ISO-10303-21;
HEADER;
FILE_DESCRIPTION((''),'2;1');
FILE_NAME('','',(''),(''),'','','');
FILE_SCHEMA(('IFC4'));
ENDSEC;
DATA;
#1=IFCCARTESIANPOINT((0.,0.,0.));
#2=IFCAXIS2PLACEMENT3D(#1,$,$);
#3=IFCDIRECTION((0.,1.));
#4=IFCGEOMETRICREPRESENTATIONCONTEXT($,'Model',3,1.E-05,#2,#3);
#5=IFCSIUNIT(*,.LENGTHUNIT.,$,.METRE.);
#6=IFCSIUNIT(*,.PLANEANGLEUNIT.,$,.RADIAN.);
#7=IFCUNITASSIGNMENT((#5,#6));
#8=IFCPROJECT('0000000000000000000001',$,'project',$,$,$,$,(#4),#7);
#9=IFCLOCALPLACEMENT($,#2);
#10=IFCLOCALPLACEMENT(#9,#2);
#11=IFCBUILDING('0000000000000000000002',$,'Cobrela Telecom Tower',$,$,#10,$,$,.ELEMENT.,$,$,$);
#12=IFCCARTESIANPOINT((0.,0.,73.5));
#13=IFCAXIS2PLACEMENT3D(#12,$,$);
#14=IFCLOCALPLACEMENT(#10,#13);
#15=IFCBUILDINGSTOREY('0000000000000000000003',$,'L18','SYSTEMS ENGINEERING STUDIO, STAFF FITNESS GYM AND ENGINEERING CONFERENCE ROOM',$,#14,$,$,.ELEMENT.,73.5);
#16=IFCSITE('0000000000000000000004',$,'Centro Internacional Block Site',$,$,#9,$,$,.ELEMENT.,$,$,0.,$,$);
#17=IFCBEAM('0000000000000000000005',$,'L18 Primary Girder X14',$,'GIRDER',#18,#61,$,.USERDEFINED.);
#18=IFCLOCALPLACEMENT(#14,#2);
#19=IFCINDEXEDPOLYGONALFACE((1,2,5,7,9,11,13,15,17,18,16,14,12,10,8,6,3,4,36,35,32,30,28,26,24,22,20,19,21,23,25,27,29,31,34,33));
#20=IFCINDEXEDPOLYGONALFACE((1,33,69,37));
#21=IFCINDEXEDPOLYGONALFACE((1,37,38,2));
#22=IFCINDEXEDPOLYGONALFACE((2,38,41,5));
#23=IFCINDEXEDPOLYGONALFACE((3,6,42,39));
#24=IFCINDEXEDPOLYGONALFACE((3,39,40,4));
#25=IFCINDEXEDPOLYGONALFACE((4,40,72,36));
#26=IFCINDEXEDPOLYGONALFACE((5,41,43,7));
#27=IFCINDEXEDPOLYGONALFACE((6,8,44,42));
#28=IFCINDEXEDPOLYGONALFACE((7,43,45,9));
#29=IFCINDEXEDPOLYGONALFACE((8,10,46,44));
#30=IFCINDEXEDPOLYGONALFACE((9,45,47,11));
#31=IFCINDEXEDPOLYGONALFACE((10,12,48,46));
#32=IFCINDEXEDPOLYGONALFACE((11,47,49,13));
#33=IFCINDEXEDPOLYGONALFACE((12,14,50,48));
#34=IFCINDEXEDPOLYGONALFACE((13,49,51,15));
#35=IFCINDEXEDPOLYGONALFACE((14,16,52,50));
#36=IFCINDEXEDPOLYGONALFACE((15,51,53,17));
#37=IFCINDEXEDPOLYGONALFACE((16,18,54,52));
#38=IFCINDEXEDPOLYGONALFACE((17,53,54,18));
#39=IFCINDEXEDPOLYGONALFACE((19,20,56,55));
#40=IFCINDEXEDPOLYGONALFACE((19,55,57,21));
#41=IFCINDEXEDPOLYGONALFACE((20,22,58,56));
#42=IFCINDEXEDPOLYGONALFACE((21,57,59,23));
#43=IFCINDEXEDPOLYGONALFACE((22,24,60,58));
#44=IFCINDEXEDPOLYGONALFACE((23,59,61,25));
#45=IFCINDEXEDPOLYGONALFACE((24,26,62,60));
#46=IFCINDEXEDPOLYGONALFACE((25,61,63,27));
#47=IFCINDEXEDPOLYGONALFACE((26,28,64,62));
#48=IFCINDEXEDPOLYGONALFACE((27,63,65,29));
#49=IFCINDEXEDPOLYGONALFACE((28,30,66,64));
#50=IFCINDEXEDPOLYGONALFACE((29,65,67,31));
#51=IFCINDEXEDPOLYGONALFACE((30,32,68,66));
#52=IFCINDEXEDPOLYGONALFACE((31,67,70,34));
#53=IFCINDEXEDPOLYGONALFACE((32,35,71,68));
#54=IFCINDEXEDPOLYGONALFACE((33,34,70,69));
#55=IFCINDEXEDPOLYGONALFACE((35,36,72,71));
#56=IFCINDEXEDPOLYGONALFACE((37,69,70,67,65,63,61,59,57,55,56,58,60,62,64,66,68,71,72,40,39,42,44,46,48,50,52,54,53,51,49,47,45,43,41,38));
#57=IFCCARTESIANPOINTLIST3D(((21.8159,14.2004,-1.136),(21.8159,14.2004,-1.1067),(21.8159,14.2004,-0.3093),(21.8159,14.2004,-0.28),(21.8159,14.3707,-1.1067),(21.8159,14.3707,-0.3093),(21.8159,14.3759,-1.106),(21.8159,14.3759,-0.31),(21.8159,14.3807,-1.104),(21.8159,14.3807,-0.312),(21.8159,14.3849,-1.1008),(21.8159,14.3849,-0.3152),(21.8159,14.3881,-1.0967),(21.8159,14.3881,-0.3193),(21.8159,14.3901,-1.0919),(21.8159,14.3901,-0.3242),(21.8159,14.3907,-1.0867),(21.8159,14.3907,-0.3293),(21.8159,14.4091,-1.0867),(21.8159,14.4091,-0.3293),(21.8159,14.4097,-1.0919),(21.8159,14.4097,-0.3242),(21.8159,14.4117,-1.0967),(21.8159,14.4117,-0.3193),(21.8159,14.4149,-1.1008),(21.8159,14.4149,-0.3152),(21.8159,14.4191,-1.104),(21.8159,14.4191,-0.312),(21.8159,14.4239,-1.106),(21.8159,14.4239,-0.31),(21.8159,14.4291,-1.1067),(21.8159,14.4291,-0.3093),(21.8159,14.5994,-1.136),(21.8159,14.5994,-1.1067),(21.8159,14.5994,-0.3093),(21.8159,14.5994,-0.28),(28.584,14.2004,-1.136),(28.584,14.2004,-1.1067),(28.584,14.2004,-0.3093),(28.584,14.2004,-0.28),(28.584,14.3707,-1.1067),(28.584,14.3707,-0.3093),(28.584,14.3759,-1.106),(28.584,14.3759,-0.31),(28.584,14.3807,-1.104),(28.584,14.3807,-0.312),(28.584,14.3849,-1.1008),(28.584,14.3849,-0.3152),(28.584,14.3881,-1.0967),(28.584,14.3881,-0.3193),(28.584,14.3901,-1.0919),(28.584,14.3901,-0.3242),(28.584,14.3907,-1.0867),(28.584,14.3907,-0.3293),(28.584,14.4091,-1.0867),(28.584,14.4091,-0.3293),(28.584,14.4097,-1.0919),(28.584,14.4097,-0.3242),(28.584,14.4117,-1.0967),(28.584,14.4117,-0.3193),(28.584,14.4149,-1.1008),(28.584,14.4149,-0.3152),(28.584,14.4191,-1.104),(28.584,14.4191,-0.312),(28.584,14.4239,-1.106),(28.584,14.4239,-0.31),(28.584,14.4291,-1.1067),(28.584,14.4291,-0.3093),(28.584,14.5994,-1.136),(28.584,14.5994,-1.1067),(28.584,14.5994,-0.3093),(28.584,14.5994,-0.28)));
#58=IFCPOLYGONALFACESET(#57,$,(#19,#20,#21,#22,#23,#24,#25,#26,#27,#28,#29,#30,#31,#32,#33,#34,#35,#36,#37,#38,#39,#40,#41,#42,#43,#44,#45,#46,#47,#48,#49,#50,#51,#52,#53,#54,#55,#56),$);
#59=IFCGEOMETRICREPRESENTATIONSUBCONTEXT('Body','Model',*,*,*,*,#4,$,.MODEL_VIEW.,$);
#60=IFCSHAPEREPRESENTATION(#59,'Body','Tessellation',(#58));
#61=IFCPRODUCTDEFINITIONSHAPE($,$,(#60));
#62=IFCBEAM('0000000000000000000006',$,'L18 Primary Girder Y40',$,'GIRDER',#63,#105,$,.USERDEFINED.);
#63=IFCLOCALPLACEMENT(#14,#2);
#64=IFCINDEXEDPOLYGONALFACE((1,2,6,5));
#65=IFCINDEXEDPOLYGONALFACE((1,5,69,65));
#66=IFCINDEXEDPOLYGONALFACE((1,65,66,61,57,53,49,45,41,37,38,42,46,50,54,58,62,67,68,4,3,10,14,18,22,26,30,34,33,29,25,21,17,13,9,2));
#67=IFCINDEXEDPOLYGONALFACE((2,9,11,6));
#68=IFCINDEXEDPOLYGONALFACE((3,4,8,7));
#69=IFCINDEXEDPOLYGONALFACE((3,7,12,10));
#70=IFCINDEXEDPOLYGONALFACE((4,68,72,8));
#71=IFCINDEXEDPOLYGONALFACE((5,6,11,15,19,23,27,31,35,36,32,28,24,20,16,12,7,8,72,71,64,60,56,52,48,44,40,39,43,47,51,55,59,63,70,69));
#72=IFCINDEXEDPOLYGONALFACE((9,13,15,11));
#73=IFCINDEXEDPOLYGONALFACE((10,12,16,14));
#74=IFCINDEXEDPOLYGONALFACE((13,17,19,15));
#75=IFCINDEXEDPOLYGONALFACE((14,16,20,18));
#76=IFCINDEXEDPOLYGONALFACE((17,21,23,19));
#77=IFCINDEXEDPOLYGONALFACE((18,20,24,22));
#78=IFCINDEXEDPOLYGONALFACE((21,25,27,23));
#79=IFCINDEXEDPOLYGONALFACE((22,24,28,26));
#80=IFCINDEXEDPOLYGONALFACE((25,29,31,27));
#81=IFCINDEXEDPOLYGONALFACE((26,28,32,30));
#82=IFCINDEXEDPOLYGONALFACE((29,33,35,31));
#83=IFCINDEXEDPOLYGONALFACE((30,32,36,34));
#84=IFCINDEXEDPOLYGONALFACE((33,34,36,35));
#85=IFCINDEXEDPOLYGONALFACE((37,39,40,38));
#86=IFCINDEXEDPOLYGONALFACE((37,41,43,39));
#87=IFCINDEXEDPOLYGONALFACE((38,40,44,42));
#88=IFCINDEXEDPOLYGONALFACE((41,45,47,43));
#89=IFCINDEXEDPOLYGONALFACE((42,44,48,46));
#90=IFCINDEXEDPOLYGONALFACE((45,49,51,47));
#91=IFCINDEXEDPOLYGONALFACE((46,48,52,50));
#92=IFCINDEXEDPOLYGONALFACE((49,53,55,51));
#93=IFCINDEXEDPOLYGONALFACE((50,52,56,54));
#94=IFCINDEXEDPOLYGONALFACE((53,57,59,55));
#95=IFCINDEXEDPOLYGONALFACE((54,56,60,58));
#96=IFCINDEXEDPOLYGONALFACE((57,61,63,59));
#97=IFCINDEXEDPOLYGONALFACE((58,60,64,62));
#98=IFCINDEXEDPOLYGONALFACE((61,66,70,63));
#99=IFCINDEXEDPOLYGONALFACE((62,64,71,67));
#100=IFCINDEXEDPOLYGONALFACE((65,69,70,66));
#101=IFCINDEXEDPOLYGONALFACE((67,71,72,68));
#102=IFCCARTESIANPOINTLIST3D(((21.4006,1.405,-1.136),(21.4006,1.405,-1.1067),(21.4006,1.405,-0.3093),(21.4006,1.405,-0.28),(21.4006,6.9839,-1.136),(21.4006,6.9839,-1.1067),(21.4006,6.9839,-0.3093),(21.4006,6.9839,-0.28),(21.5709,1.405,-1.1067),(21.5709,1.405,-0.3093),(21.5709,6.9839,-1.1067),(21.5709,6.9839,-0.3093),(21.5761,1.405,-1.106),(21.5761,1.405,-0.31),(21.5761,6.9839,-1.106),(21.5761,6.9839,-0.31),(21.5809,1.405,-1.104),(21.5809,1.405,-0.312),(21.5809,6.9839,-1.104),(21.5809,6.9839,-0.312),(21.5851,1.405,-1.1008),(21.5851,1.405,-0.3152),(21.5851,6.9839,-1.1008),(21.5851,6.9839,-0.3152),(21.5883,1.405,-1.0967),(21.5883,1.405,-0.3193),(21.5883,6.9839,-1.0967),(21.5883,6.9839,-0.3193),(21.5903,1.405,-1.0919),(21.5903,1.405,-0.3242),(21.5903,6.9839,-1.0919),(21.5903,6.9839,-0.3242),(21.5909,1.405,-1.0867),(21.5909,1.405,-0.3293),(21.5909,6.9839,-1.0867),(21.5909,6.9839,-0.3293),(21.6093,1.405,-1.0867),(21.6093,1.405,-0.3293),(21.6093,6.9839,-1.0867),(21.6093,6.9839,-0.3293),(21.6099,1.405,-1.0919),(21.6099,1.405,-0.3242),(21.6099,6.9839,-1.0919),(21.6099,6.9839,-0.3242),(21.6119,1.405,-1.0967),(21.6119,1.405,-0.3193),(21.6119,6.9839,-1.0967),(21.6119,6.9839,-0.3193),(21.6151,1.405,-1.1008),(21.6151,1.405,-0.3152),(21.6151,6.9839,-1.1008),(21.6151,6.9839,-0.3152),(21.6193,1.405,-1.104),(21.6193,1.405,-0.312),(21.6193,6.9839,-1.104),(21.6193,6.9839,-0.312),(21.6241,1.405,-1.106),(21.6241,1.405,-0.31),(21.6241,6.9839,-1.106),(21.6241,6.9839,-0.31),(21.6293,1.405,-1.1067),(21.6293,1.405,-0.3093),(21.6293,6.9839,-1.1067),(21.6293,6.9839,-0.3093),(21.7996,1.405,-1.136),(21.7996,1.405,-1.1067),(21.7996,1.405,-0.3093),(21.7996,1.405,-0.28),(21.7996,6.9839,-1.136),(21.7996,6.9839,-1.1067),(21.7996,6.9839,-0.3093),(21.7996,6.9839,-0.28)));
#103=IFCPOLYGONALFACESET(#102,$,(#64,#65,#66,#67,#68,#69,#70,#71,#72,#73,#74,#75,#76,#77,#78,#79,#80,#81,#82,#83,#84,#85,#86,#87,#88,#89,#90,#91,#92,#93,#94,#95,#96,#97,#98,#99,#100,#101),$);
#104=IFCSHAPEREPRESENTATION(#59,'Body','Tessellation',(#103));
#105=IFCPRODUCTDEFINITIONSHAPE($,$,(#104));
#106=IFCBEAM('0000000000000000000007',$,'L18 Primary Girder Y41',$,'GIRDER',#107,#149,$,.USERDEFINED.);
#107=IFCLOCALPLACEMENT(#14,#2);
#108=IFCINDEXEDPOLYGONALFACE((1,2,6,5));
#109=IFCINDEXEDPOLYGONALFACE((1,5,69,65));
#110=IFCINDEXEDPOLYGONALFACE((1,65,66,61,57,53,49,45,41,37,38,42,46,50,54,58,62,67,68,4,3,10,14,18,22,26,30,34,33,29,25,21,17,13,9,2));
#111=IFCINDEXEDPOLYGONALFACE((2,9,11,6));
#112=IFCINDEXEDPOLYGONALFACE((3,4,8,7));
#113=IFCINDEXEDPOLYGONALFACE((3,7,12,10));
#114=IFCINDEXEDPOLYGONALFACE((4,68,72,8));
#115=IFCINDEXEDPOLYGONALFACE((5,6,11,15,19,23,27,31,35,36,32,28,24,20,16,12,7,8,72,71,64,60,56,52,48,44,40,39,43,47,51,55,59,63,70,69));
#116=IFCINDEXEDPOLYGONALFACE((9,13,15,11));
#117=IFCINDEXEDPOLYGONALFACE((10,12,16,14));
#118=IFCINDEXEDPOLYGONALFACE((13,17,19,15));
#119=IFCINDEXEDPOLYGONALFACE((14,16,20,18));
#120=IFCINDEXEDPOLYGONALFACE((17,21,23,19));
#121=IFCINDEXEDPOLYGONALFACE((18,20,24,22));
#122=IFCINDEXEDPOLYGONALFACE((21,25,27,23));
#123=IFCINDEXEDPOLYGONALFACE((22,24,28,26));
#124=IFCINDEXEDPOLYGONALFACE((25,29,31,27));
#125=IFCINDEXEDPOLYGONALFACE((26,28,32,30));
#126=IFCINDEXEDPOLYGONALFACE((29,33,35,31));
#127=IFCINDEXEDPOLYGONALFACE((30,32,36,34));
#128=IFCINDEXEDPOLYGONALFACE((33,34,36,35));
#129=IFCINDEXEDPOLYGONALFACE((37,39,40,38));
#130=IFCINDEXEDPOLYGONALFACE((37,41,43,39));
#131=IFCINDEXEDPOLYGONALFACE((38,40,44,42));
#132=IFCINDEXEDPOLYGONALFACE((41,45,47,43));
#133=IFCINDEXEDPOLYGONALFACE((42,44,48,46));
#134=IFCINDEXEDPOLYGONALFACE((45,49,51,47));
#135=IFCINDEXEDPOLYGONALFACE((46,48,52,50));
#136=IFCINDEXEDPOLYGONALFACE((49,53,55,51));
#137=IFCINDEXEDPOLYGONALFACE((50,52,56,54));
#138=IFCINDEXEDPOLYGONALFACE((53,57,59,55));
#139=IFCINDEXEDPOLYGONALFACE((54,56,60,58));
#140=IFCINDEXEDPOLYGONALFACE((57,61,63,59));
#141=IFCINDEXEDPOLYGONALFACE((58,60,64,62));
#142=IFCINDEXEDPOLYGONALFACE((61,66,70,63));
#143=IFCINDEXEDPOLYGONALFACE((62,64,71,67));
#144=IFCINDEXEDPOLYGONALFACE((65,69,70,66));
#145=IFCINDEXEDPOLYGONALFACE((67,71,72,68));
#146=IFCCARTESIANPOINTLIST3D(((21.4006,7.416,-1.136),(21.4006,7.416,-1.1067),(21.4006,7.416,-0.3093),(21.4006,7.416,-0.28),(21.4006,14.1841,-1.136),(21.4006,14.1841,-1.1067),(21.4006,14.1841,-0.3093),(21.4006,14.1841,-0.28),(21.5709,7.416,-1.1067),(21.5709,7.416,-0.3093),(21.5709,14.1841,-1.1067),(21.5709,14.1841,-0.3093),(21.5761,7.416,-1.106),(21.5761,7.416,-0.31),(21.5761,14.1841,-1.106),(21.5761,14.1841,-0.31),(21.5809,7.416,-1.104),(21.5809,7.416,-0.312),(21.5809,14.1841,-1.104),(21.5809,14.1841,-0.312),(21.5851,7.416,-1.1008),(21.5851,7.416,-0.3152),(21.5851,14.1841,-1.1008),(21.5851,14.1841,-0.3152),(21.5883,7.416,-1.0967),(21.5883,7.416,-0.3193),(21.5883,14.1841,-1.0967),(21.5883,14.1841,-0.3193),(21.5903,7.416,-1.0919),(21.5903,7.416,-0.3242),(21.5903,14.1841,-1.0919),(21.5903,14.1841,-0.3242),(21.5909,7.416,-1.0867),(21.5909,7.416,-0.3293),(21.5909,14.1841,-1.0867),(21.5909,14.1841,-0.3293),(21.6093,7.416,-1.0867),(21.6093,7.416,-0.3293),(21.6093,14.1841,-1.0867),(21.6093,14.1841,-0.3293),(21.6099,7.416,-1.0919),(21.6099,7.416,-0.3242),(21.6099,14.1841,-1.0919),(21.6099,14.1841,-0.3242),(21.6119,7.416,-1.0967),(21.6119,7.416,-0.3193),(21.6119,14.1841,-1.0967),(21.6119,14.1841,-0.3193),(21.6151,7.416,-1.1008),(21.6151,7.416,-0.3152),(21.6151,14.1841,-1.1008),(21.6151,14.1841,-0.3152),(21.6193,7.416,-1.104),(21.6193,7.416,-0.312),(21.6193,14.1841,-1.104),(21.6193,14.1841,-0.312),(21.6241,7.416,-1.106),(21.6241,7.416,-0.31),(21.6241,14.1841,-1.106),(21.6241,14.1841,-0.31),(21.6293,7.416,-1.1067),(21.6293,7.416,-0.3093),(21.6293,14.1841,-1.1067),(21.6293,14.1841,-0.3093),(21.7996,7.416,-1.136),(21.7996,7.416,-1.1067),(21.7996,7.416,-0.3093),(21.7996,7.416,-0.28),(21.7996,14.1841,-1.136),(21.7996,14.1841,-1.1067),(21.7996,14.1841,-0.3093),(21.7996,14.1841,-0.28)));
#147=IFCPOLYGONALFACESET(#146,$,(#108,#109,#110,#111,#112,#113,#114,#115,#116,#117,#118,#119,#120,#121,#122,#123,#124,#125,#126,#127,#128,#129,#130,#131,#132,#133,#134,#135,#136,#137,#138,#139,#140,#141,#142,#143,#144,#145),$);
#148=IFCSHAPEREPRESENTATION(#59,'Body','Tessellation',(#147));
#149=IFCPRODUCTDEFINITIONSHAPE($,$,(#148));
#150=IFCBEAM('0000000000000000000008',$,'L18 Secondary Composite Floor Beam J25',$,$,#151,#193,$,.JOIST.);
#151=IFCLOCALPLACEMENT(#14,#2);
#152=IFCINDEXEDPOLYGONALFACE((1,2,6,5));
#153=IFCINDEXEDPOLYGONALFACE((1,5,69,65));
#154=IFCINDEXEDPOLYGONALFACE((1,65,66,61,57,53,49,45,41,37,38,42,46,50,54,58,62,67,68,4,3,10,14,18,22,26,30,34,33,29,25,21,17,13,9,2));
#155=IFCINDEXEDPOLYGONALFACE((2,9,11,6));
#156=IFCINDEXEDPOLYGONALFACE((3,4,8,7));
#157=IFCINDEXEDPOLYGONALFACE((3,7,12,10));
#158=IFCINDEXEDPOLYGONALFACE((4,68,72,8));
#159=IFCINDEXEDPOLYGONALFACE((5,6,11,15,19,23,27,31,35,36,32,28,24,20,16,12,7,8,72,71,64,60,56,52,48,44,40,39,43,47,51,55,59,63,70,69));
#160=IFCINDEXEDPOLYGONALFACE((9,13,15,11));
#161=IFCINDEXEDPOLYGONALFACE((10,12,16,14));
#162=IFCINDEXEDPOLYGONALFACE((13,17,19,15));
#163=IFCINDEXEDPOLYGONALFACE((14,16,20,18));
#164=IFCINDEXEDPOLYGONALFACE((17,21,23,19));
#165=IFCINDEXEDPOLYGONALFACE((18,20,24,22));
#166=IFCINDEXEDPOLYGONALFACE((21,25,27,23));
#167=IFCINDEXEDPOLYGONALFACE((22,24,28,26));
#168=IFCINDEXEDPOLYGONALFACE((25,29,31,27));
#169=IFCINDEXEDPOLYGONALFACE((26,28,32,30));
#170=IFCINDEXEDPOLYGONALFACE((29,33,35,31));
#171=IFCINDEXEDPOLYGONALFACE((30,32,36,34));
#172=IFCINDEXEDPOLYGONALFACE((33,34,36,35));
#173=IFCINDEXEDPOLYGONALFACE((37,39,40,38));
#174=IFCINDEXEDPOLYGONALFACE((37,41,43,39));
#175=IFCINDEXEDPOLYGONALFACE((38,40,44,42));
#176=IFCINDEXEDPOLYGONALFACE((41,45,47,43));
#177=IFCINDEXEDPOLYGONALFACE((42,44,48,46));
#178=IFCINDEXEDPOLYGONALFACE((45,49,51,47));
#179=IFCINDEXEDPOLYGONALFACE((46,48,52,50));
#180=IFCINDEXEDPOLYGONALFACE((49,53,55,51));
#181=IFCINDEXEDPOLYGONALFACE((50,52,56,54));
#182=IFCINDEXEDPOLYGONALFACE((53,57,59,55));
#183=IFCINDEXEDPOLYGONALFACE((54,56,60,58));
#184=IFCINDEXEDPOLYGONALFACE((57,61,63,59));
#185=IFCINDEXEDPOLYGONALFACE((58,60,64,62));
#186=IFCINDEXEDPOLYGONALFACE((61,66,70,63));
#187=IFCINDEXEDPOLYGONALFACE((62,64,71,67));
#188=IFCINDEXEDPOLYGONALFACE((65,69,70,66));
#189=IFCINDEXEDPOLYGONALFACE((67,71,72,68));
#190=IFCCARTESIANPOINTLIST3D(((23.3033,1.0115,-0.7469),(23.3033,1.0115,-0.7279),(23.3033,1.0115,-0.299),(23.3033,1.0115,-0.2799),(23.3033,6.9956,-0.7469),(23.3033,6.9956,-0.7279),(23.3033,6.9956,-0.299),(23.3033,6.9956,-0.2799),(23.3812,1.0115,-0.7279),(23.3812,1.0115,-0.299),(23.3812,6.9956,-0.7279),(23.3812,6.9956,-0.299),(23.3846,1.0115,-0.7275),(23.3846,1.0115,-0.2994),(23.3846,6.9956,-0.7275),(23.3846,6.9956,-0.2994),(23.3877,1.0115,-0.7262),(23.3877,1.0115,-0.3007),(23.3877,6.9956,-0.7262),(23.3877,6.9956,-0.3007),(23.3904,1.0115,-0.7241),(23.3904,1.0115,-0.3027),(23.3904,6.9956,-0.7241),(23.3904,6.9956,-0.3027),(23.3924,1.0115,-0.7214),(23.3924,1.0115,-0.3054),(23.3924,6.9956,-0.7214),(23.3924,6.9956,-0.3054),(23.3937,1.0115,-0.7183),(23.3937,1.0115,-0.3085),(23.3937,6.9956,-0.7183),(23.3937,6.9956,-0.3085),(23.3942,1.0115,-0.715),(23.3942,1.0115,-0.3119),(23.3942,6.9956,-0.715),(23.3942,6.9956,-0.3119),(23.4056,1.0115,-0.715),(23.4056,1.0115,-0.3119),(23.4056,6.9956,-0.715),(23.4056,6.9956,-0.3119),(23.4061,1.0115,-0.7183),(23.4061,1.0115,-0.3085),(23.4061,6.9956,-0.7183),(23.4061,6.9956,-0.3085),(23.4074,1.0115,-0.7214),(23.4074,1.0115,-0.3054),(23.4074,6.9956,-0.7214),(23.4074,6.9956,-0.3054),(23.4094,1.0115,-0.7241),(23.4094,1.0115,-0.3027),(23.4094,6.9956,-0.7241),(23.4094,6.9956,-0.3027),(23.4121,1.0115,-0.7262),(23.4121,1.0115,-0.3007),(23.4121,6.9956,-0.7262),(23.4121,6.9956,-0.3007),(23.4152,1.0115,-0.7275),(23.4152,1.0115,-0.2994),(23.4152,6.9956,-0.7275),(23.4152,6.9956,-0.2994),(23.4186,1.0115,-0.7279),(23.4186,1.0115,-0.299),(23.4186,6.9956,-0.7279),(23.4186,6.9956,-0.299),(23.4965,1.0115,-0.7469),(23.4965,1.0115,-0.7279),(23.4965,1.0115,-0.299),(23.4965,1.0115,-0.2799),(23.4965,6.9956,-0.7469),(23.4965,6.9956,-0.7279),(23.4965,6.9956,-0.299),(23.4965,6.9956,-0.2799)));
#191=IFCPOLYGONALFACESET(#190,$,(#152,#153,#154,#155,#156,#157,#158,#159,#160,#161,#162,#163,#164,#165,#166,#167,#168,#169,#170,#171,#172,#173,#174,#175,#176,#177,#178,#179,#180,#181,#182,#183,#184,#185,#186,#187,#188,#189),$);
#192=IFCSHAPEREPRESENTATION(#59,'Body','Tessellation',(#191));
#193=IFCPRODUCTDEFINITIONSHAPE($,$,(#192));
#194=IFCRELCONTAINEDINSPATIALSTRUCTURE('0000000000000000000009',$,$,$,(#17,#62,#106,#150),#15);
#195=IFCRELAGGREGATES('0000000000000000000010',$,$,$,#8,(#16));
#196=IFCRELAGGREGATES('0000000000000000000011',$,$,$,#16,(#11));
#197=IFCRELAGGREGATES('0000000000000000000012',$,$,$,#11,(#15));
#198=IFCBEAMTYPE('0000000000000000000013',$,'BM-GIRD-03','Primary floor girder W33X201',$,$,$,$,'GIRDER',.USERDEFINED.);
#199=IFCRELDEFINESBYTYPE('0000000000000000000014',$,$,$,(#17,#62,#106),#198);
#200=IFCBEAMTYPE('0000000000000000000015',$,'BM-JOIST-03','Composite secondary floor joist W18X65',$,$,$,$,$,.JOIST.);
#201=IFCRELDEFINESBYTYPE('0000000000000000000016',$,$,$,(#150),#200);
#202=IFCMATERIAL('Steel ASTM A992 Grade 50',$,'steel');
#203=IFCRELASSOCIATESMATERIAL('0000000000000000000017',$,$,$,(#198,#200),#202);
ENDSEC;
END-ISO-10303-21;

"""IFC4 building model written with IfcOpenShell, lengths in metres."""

from ifc_helpers import new_model, si_unit, direction, frame, origin, origin_2d, place, context, subcontext, project, spatial, i_section, extrude, material, material_profile, profile_set, type_object, element, save


model = new_model("IFC4")

# Units and contexts
model_context = context("Model", 3, precision=1e-05, world=origin(), true_north=direction((0.0, 1.0)))
body_context = subcontext(model_context, "Body", "Model", "MODEL_VIEW")
ifc_project = project(units=[si_unit("LENGTHUNIT", "METRE"), si_unit("PLANEANGLEUNIT", "RADIAN")], contexts=[model_context])

# Site, building, storey
site_placement = place(None, origin())
site = spatial("IfcSite", under=ifc_project, at=site_placement, Name="Centro Internacional Block Site", CompositionType="ELEMENT", RefElevation=0.0)
building_placement = place(site_placement, origin())
building = spatial("IfcBuilding", under=site, at=building_placement, Name="Cobrela Telecom Tower", CompositionType="ELEMENT")
storey_placement = place(building_placement, frame((0.0, 0.0, 73.5)))
storey = spatial("IfcBuildingStorey", under=building, at=storey_placement, Name="L18", Description="SYSTEMS ENGINEERING STUDIO, STAFF FITNESS GYM AND ENGINEERING CONFERENCE ROOM", CompositionType="ELEMENT", Elevation=73.5)

# Shared definitions
ifc_material_1 = material(Name="Steel ASTM A992 Grade 50", Category="steel")

# Beams
ifc_material_profile_1 = material_profile(ifc_material_1, i_section(OverallWidth=0.3989, OverallDepth=0.856, WebThickness=0.0183, FlangeThickness=0.0293, FilletRadius=0.02, at=origin_2d()), Name="W33X201")
ifc_profile_set_1 = profile_set([ifc_material_profile_1], Name="Steel ASTM A992 Grade 50")
beam_type_1 = type_object("IfcBeamType", Name="BM-GIRD-03", Description="Primary floor girder W33X201", ElementType="GIRDER", PredefinedType="USERDEFINED", material=ifc_profile_set_1)
for number, where, z_axis, x_axis, name in (
    (1, (21.8159, 14.3999, -0.708), (1.0, 0.0, 0.0), (0.0, 1.0, 0.0), "L18 Primary Girder X14"),
):
    element("IfcBeam", number, at=place(storey_placement, frame(where, z_axis=z_axis, x_axis=x_axis)), inside=storey, type_object=beam_type_1, Name=name, ObjectType="GIRDER", PredefinedType="USERDEFINED", context=body_context, shape_type="SweptSolid", body=[
        extrude(i_section(OverallWidth=0.3989, OverallDepth=0.856, WebThickness=0.0183, FlangeThickness=0.0293, FilletRadius=0.02, at=origin_2d()), origin(), (0.0, 0.0, 1.0), 6.7681),
    ])
beam_1_placement = place(storey_placement, frame((21.6001, 1.405, -0.708), z_axis=(0.0, 1.0, 0.0), x_axis=(-1.0, 0.0, 0.0)))
element("IfcBeam", 2, at=beam_1_placement, inside=storey, type_object=beam_type_1, Name="L18 Primary Girder Y40", ObjectType="GIRDER", PredefinedType="USERDEFINED", context=body_context, shape_type="SweptSolid", body=[
    extrude(i_section(OverallWidth=0.3989, OverallDepth=0.856, WebThickness=0.0183, FlangeThickness=0.0293, FilletRadius=0.02, at=origin_2d()), origin(), (0.0, 0.0, 1.0), 5.5789),
])
beam_2_placement = place(storey_placement, frame((21.6001, 7.416, -0.708), z_axis=(0.0, 1.0, 0.0), x_axis=(-1.0, 0.0, 0.0)))
element("IfcBeam", 3, at=beam_2_placement, inside=storey, type_object=beam_type_1, Name="L18 Primary Girder Y41", ObjectType="GIRDER", PredefinedType="USERDEFINED", context=body_context, shape_type="SweptSolid", body=[
    extrude(i_section(OverallWidth=0.3989, OverallDepth=0.856, WebThickness=0.0183, FlangeThickness=0.0293, FilletRadius=0.02, at=origin_2d()), origin(), (0.0, 0.0, 1.0), 6.7681),
])
ifc_material_profile_2 = material_profile(ifc_material_1, i_section(OverallWidth=0.1931, OverallDepth=0.467, WebThickness=0.0115, FlangeThickness=0.019, FilletRadius=0.0129, at=origin_2d()), Name="W18X65")
ifc_profile_set_2 = profile_set([ifc_material_profile_2], Name="Steel ASTM A992 Grade 50")
beam_type_2 = type_object("IfcBeamType", Name="BM-JOIST-03", Description="Composite secondary floor joist W18X65", PredefinedType="JOIST", material=ifc_profile_set_2)
beam_3_placement = place(storey_placement, frame((23.3999, 1.0115, -0.5134), z_axis=(0.0, 1.0, 0.0), x_axis=(-1.0, 0.0, 0.0)))
element("IfcBeam", 4, at=beam_3_placement, inside=storey, type_object=beam_type_2, Name="L18 Secondary Composite Floor Beam J25", PredefinedType="JOIST", context=body_context, shape_type="SweptSolid", body=[
    extrude(i_section(OverallWidth=0.1931, OverallDepth=0.467, WebThickness=0.0115, FlangeThickness=0.019, FilletRadius=0.0129, at=origin_2d()), origin(), (0.0, 0.0, 1.0), 5.9841),
])

save(model, "model.ifc")
